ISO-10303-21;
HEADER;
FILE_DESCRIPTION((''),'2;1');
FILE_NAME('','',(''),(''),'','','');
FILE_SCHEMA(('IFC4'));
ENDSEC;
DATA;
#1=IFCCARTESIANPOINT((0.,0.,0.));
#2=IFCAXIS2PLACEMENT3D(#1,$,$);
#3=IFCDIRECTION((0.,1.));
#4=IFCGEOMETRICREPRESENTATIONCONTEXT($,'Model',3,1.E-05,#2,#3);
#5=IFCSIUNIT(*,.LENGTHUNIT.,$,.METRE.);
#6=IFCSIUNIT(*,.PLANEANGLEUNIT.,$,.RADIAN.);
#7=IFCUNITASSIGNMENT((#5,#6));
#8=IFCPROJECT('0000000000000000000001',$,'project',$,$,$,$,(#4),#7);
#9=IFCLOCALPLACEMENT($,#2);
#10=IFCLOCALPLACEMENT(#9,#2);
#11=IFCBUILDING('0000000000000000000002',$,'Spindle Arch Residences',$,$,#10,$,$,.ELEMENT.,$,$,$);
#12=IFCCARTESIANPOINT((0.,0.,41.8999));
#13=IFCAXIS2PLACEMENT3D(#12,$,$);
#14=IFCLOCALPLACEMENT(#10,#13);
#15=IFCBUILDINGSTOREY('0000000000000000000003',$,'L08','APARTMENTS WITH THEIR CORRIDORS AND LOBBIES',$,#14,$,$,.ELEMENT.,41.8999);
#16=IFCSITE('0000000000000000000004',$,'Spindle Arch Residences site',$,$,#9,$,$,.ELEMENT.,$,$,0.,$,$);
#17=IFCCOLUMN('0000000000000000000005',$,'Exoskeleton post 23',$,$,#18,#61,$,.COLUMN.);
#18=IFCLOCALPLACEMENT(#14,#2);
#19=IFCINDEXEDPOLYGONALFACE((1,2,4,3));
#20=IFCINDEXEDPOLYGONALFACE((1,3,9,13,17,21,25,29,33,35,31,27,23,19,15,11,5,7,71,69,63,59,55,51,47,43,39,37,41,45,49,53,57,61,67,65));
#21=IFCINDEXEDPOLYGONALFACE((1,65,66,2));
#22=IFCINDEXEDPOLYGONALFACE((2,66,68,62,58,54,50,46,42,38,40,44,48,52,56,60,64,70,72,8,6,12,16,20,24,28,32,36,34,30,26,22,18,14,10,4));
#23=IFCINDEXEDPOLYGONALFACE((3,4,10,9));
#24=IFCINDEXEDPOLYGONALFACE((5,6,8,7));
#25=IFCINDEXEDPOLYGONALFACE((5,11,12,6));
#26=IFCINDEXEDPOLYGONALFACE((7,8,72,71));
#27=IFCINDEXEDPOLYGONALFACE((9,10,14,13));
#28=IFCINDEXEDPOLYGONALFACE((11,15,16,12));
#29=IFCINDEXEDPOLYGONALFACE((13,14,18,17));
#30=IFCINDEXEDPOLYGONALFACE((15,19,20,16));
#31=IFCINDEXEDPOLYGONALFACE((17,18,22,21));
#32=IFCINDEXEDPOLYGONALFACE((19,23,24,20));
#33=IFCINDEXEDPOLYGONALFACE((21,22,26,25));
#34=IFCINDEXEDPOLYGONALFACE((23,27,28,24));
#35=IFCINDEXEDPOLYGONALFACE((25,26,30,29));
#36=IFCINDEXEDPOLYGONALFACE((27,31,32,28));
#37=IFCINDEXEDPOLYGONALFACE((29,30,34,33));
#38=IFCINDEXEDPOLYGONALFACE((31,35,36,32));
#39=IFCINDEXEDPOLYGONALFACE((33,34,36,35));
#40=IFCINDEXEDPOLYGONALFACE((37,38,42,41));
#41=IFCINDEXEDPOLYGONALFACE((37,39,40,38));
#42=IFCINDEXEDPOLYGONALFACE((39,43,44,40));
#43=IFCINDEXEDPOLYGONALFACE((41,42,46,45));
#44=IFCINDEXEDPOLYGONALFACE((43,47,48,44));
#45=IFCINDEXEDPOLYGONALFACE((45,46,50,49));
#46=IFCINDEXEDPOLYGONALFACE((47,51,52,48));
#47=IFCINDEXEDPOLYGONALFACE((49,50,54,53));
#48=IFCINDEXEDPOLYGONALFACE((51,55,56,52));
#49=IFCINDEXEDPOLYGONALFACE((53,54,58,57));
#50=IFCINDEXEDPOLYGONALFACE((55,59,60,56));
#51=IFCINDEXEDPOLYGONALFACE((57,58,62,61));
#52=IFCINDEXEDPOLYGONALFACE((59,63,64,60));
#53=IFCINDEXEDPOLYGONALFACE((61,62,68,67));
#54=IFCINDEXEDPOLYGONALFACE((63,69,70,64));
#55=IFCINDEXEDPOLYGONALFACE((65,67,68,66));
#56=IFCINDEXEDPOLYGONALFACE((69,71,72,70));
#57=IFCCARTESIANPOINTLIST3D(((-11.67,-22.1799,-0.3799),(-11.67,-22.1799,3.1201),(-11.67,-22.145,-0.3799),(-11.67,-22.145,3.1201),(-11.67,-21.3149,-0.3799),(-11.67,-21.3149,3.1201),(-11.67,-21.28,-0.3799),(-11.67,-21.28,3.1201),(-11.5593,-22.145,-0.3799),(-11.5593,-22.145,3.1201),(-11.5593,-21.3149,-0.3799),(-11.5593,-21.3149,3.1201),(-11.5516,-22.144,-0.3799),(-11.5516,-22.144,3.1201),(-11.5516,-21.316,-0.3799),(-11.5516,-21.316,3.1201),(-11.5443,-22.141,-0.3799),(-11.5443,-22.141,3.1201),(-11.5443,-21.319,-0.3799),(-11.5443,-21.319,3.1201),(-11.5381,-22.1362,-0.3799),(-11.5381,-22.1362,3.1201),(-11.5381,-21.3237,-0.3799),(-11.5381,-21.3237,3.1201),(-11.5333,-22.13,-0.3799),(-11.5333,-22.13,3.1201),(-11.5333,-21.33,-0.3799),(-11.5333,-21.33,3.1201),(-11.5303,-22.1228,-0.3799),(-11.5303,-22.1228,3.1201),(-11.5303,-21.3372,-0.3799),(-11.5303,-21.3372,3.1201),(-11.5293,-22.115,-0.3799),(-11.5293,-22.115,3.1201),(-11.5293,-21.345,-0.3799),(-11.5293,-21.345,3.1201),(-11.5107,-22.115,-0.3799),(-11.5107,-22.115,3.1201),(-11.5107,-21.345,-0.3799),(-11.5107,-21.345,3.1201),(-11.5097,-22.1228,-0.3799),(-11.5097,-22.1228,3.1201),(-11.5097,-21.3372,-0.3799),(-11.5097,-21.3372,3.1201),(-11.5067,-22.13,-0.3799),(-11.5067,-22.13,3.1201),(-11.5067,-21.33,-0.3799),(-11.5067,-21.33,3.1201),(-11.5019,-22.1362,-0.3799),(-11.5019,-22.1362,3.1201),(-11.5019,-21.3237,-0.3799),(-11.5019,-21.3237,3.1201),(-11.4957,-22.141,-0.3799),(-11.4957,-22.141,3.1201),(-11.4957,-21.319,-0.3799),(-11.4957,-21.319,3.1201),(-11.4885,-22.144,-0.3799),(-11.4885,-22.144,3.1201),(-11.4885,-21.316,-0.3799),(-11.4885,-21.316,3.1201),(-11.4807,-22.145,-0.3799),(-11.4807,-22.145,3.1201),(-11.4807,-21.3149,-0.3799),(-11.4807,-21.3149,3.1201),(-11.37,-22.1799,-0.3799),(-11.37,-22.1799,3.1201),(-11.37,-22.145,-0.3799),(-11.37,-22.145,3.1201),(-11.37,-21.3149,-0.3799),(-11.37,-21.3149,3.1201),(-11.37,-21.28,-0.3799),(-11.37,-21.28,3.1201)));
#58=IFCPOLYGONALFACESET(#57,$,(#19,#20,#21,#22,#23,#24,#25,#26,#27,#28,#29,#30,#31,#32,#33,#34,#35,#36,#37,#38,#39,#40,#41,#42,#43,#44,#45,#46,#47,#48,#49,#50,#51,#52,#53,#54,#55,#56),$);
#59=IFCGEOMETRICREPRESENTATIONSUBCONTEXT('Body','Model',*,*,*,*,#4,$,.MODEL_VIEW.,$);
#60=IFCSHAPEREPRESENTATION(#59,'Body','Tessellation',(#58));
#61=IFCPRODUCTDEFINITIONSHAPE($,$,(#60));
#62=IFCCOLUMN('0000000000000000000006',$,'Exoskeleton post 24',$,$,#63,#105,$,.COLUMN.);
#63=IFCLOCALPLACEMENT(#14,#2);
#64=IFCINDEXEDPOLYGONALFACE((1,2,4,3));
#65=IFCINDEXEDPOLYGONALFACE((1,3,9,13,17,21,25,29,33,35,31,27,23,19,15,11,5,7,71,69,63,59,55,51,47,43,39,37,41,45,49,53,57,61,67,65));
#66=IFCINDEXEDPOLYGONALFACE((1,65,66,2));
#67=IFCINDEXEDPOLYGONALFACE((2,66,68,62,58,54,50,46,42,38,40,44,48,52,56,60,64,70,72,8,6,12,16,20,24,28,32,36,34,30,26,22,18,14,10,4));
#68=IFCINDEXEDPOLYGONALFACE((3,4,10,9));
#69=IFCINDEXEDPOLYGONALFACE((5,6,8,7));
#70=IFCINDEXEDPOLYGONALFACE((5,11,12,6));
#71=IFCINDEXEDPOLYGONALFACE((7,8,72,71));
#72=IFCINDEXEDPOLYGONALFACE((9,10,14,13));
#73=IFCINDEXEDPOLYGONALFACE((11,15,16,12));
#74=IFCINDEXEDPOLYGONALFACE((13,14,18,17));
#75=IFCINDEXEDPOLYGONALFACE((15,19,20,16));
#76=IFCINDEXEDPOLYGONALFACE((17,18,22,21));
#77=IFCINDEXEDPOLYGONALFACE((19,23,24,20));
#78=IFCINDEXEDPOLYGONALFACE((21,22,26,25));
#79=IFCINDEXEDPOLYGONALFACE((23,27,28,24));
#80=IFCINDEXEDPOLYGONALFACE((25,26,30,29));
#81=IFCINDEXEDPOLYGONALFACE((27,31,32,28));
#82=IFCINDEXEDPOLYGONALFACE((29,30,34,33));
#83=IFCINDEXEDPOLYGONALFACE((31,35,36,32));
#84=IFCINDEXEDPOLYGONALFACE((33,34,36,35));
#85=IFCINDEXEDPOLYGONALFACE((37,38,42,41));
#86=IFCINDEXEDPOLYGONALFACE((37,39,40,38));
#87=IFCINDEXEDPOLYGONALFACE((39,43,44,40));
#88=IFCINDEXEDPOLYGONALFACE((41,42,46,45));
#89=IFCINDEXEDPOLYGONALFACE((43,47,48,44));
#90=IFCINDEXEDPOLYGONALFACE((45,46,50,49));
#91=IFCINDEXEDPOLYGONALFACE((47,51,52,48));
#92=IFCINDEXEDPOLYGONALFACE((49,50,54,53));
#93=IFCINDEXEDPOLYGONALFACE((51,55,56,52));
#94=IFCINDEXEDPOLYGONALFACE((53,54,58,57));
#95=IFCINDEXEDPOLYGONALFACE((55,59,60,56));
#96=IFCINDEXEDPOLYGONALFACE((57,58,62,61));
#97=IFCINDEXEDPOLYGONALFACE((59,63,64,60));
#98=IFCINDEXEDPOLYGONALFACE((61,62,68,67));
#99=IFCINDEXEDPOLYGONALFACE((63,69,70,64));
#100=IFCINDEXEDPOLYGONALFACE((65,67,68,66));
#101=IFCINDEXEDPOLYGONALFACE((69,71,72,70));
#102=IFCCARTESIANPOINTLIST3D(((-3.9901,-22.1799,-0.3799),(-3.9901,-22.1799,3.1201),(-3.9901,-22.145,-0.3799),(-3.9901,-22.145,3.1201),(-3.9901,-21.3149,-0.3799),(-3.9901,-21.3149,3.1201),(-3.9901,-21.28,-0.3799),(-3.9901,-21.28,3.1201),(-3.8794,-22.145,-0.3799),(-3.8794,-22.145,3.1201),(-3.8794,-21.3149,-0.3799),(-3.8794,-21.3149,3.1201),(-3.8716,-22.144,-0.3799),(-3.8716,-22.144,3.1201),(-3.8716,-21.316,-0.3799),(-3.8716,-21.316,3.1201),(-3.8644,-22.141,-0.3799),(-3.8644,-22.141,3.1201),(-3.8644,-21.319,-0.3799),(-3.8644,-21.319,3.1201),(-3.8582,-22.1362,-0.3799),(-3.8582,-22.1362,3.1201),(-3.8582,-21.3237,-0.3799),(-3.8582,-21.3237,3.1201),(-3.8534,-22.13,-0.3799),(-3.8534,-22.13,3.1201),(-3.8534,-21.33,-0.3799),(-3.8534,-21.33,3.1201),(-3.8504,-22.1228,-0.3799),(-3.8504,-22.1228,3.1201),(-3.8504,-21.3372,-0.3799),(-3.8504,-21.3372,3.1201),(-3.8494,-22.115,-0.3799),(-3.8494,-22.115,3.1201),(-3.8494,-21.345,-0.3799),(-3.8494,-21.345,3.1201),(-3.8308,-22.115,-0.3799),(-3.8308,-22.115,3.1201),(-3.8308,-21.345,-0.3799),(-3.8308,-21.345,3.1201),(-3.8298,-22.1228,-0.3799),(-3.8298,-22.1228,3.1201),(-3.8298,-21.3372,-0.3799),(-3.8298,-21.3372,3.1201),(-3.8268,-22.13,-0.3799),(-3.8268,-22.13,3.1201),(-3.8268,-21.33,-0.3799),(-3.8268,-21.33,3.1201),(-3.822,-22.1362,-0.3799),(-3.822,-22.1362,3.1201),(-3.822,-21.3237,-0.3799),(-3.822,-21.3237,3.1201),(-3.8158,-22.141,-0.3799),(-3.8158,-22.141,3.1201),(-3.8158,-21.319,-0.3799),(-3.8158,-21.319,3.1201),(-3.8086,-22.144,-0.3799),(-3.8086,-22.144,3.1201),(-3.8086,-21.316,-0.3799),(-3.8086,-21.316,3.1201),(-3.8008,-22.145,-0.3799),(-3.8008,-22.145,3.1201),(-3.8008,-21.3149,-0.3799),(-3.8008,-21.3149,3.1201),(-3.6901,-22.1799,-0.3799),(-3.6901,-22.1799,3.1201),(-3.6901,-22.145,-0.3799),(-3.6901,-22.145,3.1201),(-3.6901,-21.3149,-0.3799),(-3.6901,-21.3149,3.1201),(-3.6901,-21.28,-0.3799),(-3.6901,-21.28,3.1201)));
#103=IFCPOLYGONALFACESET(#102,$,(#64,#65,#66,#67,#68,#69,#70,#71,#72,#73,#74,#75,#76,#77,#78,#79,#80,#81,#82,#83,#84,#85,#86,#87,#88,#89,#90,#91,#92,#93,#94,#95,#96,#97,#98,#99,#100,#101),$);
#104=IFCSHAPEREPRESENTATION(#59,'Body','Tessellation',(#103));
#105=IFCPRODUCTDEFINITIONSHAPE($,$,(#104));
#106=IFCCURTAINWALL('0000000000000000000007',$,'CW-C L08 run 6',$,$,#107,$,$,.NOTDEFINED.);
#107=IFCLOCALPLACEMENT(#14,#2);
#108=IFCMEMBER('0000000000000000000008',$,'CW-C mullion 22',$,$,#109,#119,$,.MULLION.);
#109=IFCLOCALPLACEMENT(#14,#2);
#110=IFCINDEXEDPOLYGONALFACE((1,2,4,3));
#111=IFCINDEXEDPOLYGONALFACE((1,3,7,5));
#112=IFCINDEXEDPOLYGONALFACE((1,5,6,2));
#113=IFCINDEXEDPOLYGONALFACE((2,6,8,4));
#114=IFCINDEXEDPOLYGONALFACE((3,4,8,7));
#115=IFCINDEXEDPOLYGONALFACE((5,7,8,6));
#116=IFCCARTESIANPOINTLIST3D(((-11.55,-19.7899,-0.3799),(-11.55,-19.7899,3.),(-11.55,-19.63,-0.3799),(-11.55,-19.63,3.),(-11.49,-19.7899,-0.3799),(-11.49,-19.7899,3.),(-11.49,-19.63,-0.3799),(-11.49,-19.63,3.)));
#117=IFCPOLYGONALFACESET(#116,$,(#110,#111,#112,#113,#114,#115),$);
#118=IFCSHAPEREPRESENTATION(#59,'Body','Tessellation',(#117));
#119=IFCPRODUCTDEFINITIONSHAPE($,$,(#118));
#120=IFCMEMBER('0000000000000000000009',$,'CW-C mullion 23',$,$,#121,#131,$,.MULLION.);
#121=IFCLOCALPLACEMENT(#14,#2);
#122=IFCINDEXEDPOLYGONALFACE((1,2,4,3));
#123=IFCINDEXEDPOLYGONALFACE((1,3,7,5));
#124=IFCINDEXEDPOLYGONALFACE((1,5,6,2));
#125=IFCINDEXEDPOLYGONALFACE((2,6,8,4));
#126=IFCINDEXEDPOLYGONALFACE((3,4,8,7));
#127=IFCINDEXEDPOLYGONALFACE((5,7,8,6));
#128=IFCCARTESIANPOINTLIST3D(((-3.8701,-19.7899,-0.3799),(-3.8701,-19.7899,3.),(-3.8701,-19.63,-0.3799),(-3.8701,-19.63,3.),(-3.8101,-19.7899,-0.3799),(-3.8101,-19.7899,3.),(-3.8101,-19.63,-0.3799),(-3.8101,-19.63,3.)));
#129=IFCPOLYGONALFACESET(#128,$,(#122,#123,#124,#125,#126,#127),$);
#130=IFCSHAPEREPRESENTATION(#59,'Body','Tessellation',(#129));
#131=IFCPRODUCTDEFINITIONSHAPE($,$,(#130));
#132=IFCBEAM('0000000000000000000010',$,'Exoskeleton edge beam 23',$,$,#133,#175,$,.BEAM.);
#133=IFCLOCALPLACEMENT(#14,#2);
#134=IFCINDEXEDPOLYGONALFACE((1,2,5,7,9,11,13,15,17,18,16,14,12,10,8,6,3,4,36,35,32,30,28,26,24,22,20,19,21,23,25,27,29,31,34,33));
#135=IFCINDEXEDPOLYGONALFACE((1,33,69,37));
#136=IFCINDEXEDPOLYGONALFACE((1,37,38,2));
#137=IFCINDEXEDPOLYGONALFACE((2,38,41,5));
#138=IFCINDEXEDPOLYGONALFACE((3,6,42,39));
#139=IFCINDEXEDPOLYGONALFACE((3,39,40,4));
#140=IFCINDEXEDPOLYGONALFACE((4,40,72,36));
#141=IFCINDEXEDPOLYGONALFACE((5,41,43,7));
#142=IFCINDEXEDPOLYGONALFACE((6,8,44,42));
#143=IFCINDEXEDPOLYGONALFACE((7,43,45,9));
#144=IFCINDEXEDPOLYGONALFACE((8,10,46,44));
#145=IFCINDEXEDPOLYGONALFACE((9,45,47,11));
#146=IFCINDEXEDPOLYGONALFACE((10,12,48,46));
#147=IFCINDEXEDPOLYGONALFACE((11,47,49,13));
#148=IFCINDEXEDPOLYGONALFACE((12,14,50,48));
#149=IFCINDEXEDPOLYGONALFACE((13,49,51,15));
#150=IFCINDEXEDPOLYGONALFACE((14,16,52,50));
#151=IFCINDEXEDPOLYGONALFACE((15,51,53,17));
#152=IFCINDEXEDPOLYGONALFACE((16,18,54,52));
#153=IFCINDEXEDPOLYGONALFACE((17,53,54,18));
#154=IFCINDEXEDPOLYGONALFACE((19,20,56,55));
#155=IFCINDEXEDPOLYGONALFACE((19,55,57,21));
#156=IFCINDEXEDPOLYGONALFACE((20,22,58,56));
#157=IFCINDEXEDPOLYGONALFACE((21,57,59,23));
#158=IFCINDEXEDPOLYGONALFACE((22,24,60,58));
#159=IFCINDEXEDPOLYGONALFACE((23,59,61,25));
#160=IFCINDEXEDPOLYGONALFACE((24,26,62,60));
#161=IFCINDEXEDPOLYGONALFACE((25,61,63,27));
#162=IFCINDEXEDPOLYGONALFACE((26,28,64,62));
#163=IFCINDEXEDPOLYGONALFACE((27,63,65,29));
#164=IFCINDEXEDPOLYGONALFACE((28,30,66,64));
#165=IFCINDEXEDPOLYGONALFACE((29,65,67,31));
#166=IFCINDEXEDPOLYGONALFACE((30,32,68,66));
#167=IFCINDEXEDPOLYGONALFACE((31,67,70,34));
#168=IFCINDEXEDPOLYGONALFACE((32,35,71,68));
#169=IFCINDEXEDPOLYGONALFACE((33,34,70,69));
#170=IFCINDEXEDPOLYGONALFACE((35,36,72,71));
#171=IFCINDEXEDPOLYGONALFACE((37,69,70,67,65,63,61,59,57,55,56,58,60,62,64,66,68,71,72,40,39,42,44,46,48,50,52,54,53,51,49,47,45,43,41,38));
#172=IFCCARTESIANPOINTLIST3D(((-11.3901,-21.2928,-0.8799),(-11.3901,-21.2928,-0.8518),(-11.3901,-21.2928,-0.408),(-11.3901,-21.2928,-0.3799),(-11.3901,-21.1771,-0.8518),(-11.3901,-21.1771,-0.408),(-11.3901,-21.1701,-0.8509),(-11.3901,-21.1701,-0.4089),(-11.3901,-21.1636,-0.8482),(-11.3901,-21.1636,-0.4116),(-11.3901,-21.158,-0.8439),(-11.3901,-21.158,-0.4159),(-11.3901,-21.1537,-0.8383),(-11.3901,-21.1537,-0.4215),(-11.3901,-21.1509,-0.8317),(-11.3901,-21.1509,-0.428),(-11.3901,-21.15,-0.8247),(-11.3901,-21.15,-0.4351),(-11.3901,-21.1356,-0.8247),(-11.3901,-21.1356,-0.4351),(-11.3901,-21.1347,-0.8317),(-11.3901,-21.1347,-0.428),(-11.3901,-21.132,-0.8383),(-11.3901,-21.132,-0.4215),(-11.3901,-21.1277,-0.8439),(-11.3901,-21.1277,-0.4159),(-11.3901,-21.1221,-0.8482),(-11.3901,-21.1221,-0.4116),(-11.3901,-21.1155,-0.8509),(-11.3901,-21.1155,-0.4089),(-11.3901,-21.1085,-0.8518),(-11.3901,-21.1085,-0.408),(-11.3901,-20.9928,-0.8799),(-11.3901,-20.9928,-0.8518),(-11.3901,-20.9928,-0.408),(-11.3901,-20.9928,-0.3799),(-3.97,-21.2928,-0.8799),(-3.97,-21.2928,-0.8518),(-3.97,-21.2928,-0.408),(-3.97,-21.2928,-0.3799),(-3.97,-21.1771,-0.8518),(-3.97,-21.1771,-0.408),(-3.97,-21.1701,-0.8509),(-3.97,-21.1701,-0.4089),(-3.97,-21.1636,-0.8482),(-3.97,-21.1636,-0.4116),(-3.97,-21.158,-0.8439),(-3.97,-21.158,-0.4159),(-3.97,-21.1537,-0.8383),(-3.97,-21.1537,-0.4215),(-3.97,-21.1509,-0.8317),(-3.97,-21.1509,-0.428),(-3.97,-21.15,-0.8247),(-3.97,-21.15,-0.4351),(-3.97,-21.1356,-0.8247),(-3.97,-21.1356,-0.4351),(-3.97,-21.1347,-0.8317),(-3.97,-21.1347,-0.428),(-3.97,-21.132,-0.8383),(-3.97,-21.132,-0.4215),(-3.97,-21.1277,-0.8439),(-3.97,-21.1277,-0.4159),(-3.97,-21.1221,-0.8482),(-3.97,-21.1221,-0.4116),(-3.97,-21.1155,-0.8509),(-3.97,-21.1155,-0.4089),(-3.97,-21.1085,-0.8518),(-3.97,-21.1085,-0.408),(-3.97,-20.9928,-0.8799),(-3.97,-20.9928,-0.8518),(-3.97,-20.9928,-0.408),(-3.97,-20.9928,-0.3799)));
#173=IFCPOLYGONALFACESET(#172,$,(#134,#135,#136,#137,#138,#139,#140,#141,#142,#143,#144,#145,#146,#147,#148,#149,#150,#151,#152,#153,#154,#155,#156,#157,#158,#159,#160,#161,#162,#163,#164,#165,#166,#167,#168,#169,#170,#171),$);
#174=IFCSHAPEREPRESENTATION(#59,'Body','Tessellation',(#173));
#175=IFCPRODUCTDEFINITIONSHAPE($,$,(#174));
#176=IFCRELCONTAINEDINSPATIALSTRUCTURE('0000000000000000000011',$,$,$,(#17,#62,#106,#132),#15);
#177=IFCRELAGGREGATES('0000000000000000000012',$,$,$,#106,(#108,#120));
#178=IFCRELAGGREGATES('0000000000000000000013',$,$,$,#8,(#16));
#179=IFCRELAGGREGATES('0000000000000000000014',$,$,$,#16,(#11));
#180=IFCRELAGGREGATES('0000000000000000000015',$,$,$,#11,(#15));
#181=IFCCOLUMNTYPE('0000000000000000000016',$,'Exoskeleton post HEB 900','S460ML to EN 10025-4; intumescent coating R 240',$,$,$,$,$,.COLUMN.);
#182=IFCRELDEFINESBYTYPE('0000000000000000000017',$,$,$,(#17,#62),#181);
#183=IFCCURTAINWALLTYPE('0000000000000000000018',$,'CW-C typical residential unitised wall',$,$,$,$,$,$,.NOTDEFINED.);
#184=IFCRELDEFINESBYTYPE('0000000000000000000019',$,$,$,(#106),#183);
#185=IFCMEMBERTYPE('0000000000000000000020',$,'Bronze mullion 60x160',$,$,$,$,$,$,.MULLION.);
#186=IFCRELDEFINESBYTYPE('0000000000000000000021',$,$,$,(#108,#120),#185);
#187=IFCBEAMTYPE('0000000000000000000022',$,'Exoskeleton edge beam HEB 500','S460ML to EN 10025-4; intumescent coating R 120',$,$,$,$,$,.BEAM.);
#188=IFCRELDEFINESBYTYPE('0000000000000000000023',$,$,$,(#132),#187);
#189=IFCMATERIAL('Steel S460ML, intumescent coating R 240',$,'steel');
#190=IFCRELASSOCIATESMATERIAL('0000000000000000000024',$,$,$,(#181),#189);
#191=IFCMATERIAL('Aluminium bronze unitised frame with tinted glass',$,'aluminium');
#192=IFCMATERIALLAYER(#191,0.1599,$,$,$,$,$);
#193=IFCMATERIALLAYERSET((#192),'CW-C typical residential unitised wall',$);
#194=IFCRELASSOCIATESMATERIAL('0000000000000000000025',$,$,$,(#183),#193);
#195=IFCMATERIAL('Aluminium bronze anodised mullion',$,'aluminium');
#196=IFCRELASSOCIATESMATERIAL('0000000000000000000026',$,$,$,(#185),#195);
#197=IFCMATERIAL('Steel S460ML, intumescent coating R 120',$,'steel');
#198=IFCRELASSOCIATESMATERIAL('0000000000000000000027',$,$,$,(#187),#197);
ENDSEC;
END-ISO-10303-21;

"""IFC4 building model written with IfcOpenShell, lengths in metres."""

from ifc_helpers import new_model, si_unit, direction, frame, origin, origin_2d, place, context, subcontext, project, spatial, rectangle, i_section, extrude, material, layer, layer_set, material_profile, profile_set, type_object, element, aggregate, save


model = new_model("IFC4")

# Units and contexts
model_context = context("Model", 3, precision=1e-05, world=origin(), true_north=direction((0.0, 1.0)))
body_context = subcontext(model_context, "Body", "Model", "MODEL_VIEW")
ifc_project = project(units=[si_unit("LENGTHUNIT", "METRE"), si_unit("PLANEANGLEUNIT", "RADIAN")], contexts=[model_context])

# Site, building, storey
site_placement = place(None, origin())
site = spatial("IfcSite", under=ifc_project, at=site_placement, Name="Spindle Arch Residences site", CompositionType="ELEMENT", RefElevation=0.0)
building_placement = place(site_placement, origin())
building = spatial("IfcBuilding", under=site, at=building_placement, Name="Spindle Arch Residences", CompositionType="ELEMENT")
storey_placement = place(building_placement, frame((0.0, 0.0, 41.8999)))
storey = spatial("IfcBuildingStorey", under=building, at=storey_placement, Name="L08", Description="APARTMENTS WITH THEIR CORRIDORS AND LOBBIES", CompositionType="ELEMENT", Elevation=41.8999)

# Columns
ifc_material_1 = material(Name="Steel S460ML, intumescent coating R 240", Category="steel")
ifc_material_profile_1 = material_profile(ifc_material_1, i_section(OverallWidth=0.3, OverallDepth=0.8999, WebThickness=0.0186, FlangeThickness=0.0349, FilletRadius=0.03, at=origin_2d()), Name="HEB 900")
ifc_profile_set_1 = profile_set([ifc_material_profile_1], Name="Steel S460ML, intumescent coating R 240")
column_type = type_object("IfcColumnType", Name="Exoskeleton post HEB 900", Description="S460ML to EN 10025-4; intumescent coating R 240", PredefinedType="COLUMN", material=ifc_profile_set_1)
for number, where, z_axis, x_axis, name in (
    (1, (-11.52, -21.73, -0.3799), (0.0, 0.0, 1.0), (-1.0, 0.0, 0.0), "Exoskeleton post 23"),
    (2, (-3.8401, -21.73, -0.3799), (0.0, 0.0, 1.0), (-1.0, 0.0, 0.0), "Exoskeleton post 24"),
):
    element("IfcColumn", number, at=place(storey_placement, frame(where, z_axis=z_axis, x_axis=x_axis)), inside=storey, type_object=column_type, Name=name, PredefinedType="COLUMN", context=body_context, shape_type="SweptSolid", body=[
        extrude(i_section(OverallWidth=0.3, OverallDepth=0.8999, WebThickness=0.0186, FlangeThickness=0.0349, FilletRadius=0.03, at=origin_2d()), origin(), (0.0, 0.0, 1.0), 3.5),
    ])

# Curtain wall, members
ifc_material_2 = material(Name="Aluminium bronze unitised frame with tinted glass", Category="aluminium")
ifc_layer_1 = layer(ifc_material_2, 0.1599)
ifc_layer_set_1 = layer_set([ifc_layer_1], Name="CW-C typical residential unitised wall")
curtain_wall_type = type_object("IfcCurtainWallType", Name="CW-C typical residential unitised wall", PredefinedType="NOTDEFINED", material=ifc_layer_set_1)
curtain_wall_placement = place(storey_placement, origin())
curtain_wall = element("IfcCurtainWall", 3, at=curtain_wall_placement, inside=storey, type_object=curtain_wall_type, Name="CW-C L08 run 6", PredefinedType="NOTDEFINED")
ifc_material_3 = material(Name="Aluminium bronze anodised mullion", Category="aluminium")
ifc_material_profile_2 = material_profile(ifc_material_3, rectangle(XDim=0.1599, YDim=0.0601, at=origin_2d()), Name="MU 60x160")
ifc_profile_set_2 = profile_set([ifc_material_profile_2], Name="Aluminium bronze anodised mullion")
member_type = type_object("IfcMemberType", Name="Bronze mullion 60x160", PredefinedType="MULLION", material=ifc_profile_set_2)
member_1_placement = place(storey_placement, frame((-11.52, -19.71, -0.3799), z_axis=(0.0, 0.0, 1.0), x_axis=(0.0, 1.0, 0.0)))
member_1 = element("IfcMember", 4, at=member_1_placement, type_object=member_type, Name="CW-C mullion 22", PredefinedType="MULLION", context=body_context, shape_type="SweptSolid", body=[
    extrude(rectangle(XDim=0.1599, YDim=0.0601, at=origin_2d()), origin(), (0.0, 0.0, 1.0), 3.3799),
])
member_2_placement = place(storey_placement, frame((-3.8401, -19.71, -0.3799), z_axis=(0.0, 0.0, 1.0), x_axis=(0.0, 1.0, 0.0)))
member_2 = element("IfcMember", 5, at=member_2_placement, type_object=member_type, Name="CW-C mullion 23", PredefinedType="MULLION", context=body_context, shape_type="SweptSolid", body=[
    extrude(rectangle(XDim=0.1599, YDim=0.0601, at=origin_2d()), origin(), (0.0, 0.0, 1.0), 3.3799),
])

# Beam
ifc_material_4 = material(Name="Steel S460ML, intumescent coating R 120", Category="steel")
ifc_material_profile_3 = material_profile(ifc_material_4, i_section(OverallWidth=0.3, OverallDepth=0.5, WebThickness=0.0144, FlangeThickness=0.0281, FilletRadius=0.0271, at=origin_2d()), Name="HEB 500")
ifc_profile_set_3 = profile_set([ifc_material_profile_3], Name="Steel S460ML, intumescent coating R 120")
beam_type_1 = type_object("IfcBeamType", Name="Exoskeleton edge beam HEB 500", Description="S460ML to EN 10025-4; intumescent coating R 120", PredefinedType="BEAM", material=ifc_profile_set_3)
beam_1_placement = place(storey_placement, frame((-11.3901, -21.1428, -0.6299), z_axis=(1.0, 0.0, 0.0), x_axis=(0.0, 1.0, 0.0)))
element("IfcBeam", 6, at=beam_1_placement, inside=storey, type_object=beam_type_1, Name="Exoskeleton edge beam 23", PredefinedType="BEAM", context=body_context, shape_type="SweptSolid", body=[
    extrude(i_section(OverallWidth=0.3, OverallDepth=0.5, WebThickness=0.0144, FlangeThickness=0.0281, FilletRadius=0.0271, at=origin_2d()), origin(), (0.0, 0.0, 1.0), 7.4202),
])

aggregate(curtain_wall, [member_1, member_2])

save(model, "model.ifc")
